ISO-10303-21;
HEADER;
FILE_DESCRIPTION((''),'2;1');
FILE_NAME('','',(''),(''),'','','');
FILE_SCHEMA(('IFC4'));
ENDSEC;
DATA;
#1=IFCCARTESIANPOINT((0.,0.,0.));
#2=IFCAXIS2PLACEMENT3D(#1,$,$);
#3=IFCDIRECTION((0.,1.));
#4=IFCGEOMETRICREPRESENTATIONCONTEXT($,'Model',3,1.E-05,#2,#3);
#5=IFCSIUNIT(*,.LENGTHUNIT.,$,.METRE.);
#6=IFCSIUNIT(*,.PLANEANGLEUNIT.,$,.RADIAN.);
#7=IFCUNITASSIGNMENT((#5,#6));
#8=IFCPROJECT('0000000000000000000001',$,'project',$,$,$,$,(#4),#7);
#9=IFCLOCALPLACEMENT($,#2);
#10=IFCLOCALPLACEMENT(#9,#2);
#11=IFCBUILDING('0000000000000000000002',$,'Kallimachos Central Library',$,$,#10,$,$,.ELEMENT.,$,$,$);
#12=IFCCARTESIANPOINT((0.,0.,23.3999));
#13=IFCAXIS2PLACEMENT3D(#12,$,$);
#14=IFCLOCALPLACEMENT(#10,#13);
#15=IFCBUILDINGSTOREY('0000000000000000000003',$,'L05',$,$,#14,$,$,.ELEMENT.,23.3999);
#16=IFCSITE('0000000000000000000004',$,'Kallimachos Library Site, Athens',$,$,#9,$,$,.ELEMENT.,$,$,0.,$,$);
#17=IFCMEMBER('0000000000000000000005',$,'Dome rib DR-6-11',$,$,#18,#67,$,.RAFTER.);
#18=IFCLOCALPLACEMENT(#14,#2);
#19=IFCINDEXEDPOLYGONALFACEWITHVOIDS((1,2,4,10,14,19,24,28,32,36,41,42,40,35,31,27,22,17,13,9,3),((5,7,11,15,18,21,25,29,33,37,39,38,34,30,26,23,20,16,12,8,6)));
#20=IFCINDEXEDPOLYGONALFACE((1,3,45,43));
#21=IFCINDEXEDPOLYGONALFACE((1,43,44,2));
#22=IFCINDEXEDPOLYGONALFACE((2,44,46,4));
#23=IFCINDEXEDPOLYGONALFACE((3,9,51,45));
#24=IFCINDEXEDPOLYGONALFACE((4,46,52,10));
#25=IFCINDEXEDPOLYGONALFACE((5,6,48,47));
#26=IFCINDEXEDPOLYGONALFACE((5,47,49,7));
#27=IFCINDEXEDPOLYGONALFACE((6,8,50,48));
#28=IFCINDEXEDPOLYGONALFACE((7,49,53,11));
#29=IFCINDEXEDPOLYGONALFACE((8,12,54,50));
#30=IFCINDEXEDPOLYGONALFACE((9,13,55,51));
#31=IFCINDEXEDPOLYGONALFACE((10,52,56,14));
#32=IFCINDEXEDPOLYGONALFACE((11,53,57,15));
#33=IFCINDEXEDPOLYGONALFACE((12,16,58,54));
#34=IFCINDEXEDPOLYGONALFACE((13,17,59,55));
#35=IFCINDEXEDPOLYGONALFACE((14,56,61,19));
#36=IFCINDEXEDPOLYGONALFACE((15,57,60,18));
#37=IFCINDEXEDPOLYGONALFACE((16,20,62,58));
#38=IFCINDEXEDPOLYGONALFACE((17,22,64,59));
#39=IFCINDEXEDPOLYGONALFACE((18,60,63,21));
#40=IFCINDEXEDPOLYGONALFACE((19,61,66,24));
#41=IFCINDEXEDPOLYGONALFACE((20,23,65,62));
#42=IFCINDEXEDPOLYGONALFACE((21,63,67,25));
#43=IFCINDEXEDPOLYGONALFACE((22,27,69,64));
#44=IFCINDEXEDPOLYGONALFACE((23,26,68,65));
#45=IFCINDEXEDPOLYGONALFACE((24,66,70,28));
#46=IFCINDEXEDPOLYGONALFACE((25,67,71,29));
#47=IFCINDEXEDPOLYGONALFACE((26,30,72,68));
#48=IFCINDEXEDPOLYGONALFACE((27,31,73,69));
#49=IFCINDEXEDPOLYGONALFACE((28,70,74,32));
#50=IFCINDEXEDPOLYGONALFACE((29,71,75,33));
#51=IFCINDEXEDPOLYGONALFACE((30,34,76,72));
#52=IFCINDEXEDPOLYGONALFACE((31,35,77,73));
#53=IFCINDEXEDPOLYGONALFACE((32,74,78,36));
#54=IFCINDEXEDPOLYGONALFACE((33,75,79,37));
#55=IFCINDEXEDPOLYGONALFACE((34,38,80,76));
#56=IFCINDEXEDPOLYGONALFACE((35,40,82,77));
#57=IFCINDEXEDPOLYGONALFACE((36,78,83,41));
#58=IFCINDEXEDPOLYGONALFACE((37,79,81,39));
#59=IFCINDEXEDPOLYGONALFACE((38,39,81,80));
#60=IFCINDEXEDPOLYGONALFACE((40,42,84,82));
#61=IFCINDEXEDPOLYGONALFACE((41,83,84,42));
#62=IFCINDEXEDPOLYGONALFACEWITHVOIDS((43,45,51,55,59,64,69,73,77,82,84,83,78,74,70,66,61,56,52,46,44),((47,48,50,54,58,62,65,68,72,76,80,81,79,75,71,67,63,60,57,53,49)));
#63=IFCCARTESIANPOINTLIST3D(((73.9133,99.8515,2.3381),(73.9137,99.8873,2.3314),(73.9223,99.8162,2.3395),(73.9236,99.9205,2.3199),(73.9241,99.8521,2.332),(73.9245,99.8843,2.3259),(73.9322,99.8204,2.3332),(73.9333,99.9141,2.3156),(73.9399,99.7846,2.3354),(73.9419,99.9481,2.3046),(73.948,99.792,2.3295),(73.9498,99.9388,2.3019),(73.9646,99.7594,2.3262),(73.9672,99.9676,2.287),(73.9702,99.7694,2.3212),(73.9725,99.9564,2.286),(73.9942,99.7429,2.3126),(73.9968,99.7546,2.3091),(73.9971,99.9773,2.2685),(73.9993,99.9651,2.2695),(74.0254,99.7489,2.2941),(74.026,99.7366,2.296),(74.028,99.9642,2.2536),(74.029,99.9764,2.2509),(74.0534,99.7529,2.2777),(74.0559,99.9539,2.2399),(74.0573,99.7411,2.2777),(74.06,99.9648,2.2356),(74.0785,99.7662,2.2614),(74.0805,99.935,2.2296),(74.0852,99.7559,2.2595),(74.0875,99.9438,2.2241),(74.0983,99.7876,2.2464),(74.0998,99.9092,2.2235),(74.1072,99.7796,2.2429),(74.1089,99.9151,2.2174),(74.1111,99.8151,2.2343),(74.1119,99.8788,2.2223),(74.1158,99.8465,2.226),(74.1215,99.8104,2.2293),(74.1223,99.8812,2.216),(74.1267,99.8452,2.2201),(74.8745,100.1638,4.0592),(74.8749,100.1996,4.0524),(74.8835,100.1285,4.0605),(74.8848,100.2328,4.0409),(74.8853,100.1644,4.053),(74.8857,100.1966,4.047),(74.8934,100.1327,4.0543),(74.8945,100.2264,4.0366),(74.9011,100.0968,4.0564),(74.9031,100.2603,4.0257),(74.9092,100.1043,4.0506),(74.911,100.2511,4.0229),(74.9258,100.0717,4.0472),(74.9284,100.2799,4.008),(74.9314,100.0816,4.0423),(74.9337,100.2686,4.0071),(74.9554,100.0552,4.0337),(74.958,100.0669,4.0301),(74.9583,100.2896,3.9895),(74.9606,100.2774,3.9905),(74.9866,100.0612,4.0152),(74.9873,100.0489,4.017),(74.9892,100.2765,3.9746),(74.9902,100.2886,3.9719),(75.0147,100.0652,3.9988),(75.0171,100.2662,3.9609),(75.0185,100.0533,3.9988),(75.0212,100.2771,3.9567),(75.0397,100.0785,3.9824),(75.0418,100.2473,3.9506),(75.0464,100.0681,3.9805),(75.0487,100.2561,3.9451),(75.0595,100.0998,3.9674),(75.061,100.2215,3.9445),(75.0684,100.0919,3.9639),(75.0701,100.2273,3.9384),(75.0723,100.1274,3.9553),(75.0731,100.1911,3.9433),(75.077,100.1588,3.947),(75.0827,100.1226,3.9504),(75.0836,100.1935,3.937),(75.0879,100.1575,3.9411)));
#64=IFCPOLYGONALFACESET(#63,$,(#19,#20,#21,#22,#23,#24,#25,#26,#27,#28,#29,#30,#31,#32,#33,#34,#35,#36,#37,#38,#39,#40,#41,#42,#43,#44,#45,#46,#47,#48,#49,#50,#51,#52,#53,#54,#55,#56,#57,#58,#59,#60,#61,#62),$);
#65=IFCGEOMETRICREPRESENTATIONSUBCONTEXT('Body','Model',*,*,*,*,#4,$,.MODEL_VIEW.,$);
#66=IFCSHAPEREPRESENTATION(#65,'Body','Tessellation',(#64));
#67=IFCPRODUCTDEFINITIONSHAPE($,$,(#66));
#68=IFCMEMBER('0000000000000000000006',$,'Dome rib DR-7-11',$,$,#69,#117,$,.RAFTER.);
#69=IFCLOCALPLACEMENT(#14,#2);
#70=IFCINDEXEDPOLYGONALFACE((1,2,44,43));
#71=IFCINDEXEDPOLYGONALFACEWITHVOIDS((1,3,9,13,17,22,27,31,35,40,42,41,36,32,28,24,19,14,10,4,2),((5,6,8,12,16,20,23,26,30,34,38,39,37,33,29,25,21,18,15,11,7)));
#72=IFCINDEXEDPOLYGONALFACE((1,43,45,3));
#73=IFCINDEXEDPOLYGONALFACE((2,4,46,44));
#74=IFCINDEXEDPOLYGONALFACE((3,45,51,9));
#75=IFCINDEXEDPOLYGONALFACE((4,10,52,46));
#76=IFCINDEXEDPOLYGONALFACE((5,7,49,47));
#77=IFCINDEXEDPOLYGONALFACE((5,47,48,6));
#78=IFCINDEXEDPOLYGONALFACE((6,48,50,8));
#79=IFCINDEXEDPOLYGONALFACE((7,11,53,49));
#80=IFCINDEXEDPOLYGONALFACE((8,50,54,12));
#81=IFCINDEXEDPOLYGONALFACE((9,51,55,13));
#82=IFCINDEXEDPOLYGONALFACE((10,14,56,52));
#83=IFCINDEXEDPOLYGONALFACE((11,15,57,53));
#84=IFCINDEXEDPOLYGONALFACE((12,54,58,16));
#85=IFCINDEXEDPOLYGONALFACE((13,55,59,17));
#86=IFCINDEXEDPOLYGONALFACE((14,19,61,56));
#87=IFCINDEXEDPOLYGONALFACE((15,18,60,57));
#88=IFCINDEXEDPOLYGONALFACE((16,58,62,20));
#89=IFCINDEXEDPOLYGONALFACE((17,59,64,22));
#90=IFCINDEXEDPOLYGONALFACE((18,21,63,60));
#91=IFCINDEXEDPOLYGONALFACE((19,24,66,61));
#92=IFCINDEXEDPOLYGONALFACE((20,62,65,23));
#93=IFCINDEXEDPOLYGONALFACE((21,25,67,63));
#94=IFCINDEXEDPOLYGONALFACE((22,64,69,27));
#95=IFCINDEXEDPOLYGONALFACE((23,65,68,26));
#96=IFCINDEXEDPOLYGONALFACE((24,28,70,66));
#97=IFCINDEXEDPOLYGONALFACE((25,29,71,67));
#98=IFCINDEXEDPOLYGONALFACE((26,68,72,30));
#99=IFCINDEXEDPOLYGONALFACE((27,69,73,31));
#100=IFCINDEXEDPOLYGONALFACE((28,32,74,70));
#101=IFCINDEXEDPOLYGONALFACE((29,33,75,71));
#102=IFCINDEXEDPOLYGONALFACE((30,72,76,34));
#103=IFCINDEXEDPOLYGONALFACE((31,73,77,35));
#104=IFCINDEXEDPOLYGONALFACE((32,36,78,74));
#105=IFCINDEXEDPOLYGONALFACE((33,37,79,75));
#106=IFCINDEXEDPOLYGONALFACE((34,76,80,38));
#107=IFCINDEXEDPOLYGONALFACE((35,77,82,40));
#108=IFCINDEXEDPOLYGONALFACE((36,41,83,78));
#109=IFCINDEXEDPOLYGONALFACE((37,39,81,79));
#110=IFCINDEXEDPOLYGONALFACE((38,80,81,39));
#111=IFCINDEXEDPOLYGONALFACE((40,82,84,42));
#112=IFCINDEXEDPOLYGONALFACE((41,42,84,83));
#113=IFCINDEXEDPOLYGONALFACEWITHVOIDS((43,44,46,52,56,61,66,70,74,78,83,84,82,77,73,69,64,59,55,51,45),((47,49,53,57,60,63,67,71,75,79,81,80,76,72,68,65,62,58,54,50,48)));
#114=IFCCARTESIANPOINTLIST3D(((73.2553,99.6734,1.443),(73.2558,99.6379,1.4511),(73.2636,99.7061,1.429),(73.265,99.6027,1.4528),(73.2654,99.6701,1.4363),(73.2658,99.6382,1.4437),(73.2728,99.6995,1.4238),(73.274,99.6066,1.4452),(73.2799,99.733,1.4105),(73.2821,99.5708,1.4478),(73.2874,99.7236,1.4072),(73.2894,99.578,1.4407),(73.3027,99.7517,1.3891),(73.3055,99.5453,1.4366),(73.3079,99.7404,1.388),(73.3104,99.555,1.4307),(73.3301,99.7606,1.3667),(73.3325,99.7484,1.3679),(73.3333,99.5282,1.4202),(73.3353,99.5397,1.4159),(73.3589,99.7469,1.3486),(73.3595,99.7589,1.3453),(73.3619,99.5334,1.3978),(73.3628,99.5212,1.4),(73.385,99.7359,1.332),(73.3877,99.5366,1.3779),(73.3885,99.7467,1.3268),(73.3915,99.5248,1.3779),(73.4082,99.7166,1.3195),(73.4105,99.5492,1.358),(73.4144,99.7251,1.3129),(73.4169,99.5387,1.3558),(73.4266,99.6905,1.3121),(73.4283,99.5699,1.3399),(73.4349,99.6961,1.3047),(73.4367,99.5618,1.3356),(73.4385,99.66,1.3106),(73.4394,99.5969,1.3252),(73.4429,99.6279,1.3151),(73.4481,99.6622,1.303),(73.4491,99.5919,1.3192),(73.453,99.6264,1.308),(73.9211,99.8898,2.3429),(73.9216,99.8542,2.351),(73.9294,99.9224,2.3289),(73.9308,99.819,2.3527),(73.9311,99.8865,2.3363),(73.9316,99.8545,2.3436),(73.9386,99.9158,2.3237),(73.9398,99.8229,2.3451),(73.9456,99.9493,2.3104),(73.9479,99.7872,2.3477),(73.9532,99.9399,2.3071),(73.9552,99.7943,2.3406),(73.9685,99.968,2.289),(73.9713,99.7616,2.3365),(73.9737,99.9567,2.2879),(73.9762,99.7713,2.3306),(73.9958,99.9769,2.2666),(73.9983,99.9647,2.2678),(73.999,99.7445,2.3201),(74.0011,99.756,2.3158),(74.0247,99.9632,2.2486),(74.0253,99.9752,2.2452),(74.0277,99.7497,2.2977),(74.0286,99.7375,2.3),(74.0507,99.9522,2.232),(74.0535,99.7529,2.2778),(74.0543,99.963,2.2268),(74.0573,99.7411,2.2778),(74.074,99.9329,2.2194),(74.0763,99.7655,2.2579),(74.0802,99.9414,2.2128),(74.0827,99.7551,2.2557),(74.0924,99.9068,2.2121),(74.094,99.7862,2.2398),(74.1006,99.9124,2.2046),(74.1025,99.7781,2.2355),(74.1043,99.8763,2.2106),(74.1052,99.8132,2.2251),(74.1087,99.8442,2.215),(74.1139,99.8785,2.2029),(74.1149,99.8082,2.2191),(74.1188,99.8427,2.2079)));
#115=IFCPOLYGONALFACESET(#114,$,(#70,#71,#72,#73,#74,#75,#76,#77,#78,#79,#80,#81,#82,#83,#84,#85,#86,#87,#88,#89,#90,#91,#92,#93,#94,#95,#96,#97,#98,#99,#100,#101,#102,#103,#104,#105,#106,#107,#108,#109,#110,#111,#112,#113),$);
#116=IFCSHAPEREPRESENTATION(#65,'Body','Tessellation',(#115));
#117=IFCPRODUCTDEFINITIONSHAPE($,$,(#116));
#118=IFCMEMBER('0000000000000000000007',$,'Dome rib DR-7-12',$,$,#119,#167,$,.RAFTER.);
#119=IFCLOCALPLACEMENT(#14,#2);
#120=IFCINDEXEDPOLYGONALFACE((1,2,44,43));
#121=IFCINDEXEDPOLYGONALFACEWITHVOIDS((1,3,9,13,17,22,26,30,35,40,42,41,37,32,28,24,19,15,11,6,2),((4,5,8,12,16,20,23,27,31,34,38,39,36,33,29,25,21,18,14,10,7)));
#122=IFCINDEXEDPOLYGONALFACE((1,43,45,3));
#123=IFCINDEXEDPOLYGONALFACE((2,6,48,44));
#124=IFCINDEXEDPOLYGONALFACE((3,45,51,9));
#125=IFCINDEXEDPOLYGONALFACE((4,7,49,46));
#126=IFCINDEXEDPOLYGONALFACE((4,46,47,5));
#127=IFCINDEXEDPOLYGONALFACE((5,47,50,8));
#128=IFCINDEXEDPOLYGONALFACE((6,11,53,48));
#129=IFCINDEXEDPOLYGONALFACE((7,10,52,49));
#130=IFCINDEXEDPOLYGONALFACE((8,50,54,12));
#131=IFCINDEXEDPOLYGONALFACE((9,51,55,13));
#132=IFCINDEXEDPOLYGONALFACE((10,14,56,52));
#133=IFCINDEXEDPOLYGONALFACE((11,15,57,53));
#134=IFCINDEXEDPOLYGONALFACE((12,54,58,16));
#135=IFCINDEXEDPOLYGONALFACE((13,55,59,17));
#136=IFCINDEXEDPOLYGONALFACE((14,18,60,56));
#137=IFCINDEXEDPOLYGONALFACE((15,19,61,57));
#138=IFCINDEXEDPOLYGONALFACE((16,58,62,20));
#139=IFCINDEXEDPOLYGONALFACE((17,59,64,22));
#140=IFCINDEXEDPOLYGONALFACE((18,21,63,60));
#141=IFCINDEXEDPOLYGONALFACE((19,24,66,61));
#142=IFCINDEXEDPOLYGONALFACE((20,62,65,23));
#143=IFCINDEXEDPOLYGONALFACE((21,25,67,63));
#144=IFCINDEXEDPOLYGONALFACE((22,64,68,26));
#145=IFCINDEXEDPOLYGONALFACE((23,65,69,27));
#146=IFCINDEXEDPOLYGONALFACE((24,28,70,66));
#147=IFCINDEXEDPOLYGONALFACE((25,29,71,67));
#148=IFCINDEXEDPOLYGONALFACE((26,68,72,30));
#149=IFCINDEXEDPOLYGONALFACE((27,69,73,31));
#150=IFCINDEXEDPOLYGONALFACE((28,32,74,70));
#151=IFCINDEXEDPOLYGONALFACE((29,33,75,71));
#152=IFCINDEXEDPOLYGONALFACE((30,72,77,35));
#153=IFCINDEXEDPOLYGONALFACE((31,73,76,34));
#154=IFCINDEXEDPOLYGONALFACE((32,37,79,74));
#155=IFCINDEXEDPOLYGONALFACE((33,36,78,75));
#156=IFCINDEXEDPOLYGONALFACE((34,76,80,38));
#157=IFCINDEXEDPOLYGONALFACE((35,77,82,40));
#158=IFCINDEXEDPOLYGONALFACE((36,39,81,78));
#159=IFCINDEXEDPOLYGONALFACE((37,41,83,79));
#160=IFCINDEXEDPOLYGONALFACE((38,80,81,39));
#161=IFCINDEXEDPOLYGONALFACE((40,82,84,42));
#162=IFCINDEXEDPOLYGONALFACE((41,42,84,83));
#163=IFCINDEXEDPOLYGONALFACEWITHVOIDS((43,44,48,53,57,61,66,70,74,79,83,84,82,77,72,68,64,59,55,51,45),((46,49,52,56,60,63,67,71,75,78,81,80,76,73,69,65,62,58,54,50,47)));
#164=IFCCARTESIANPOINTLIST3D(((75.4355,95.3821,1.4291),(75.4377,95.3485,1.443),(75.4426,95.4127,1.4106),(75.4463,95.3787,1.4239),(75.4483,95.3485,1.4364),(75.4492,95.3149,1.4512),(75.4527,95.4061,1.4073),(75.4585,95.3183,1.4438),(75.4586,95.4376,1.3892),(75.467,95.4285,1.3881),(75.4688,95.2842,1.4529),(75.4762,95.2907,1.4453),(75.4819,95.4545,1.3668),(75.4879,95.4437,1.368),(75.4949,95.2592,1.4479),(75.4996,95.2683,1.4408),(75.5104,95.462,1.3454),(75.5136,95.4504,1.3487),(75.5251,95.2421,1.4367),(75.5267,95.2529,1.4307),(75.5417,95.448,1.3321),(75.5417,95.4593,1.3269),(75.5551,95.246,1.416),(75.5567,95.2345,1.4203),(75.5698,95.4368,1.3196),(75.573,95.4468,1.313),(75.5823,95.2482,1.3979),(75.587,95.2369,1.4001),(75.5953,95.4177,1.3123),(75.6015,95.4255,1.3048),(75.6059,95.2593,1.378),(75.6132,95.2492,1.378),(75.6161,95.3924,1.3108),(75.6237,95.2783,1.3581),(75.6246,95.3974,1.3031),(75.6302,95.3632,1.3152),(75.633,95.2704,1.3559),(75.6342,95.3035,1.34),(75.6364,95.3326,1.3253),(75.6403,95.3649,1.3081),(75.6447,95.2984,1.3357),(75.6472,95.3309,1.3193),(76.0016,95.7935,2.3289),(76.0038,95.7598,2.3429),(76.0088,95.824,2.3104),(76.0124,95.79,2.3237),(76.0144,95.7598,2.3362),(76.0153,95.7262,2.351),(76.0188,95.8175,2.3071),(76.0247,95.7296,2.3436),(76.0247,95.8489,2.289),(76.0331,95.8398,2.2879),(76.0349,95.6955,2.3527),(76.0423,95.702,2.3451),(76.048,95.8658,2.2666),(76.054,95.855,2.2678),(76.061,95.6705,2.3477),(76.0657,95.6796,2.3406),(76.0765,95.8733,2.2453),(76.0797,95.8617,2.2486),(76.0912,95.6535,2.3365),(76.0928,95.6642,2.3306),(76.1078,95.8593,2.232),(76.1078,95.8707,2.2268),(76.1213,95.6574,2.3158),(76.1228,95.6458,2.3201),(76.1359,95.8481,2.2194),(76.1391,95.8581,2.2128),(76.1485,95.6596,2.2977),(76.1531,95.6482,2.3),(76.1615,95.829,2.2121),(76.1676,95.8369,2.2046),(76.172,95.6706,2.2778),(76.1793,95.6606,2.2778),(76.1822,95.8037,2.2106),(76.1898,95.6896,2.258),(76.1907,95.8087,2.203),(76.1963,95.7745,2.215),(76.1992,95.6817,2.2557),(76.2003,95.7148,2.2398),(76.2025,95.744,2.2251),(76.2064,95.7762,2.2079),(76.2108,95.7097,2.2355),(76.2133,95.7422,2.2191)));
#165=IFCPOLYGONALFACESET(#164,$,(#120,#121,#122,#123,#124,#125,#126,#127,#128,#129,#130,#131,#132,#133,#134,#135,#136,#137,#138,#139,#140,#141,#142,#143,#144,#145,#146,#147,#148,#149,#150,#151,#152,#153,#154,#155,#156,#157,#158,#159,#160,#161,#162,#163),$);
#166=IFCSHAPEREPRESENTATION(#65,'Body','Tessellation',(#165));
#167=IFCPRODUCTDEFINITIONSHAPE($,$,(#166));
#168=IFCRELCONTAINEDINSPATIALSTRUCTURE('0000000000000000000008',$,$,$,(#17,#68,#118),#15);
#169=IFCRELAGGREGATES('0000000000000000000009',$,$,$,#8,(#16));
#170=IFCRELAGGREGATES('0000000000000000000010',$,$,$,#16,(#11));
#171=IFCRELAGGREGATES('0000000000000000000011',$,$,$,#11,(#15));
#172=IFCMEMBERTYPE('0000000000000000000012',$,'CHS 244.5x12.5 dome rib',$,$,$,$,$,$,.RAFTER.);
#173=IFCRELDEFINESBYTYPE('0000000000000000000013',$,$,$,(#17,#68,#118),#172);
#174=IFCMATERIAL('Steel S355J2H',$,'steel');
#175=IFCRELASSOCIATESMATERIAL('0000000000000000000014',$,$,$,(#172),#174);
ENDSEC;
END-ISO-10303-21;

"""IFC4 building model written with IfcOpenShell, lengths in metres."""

from ifc_helpers import new_model, si_unit, direction, frame, origin, origin_2d, place, context, subcontext, project, spatial, hollow_circle, extrude, material, material_profile, profile_set, type_object, element, save


model = new_model("IFC4")

# Units and contexts
model_context = context("Model", 3, precision=1e-05, world=origin(), true_north=direction((0.0, 1.0)))
body_context = subcontext(model_context, "Body", "Model", "MODEL_VIEW")
ifc_project = project(units=[si_unit("LENGTHUNIT", "METRE"), si_unit("PLANEANGLEUNIT", "RADIAN")], contexts=[model_context])

# Site, building, storey
site_placement = place(None, origin())
site = spatial("IfcSite", under=ifc_project, at=site_placement, Name="Kallimachos Library Site, Athens", CompositionType="ELEMENT", RefElevation=0.0)
building_placement = place(site_placement, origin())
building = spatial("IfcBuilding", under=site, at=building_placement, Name="Kallimachos Central Library", CompositionType="ELEMENT")
storey_placement = place(building_placement, frame((0.0, 0.0, 23.3999)))
storey = spatial("IfcBuildingStorey", under=building, at=storey_placement, Name="L05", CompositionType="ELEMENT", Elevation=23.3999)

# Members
ifc_material_1 = material(Name="Steel S355J2H", Category="steel")
ifc_material_profile_1 = material_profile(ifc_material_1, hollow_circle(Radius=0.1223, WallThickness=0.0125, at=origin_2d()), Name="CHS 244.5x12.5")
ifc_profile_set_1 = profile_set([ifc_material_profile_1], Name="Steel S355J2H")
member_type_1 = type_object("IfcMemberType", Name="CHS 244.5x12.5 dome rib", PredefinedType="RAFTER", material=ifc_profile_set_1)
member_1_placement = place(storey_placement, frame((74.9807, 100.1697, 3.9988), z_axis=(-0.481613, -0.15646, -0.862304), x_axis=(0.308971, -0.951071, 0.0)))
element("IfcMember", 1, at=member_1_placement, inside=storey, type_object=member_type_1, Name="Dome rib DR-6-11", PredefinedType="RAFTER", context=body_context, shape_type="SweptSolid", body=[
    extrude(hollow_circle(Radius=0.1223, WallThickness=0.0125, at=origin_2d()), origin(), (0.0, 0.0, 1.0), 1.9958),
])
member_2_placement = place(storey_placement, frame((74.0195, 99.8574, 2.2778), z_axis=(-0.58395, -0.189725, -0.789307), x_axis=(0.308999, -0.951062, 0.0)))
element("IfcMember", 2, at=member_2_placement, inside=storey, type_object=member_type_1, Name="Dome rib DR-7-11", PredefinedType="RAFTER", context=body_context, shape_type="SweptSolid", body=[
    extrude(hollow_circle(Radius=0.1223, WallThickness=0.0125, at=origin_2d()), origin(), (0.0, 0.0, 1.0), 1.1401),
])
member_3_placement = place(storey_placement, frame((76.1074, 95.7595, 2.2778), z_axis=(-0.496634, -0.360858, -0.78939), x_axis=(0.587819, -0.808992, 0.0)))
element("IfcMember", 3, at=member_3_placement, inside=storey, type_object=member_type_1, Name="Dome rib DR-7-12", PredefinedType="RAFTER", context=body_context, shape_type="SweptSolid", body=[
    extrude(hollow_circle(Radius=0.1223, WallThickness=0.0125, at=origin_2d()), origin(), (0.0, 0.0, 1.0), 1.1399),
])

save(model, "model.ifc")
